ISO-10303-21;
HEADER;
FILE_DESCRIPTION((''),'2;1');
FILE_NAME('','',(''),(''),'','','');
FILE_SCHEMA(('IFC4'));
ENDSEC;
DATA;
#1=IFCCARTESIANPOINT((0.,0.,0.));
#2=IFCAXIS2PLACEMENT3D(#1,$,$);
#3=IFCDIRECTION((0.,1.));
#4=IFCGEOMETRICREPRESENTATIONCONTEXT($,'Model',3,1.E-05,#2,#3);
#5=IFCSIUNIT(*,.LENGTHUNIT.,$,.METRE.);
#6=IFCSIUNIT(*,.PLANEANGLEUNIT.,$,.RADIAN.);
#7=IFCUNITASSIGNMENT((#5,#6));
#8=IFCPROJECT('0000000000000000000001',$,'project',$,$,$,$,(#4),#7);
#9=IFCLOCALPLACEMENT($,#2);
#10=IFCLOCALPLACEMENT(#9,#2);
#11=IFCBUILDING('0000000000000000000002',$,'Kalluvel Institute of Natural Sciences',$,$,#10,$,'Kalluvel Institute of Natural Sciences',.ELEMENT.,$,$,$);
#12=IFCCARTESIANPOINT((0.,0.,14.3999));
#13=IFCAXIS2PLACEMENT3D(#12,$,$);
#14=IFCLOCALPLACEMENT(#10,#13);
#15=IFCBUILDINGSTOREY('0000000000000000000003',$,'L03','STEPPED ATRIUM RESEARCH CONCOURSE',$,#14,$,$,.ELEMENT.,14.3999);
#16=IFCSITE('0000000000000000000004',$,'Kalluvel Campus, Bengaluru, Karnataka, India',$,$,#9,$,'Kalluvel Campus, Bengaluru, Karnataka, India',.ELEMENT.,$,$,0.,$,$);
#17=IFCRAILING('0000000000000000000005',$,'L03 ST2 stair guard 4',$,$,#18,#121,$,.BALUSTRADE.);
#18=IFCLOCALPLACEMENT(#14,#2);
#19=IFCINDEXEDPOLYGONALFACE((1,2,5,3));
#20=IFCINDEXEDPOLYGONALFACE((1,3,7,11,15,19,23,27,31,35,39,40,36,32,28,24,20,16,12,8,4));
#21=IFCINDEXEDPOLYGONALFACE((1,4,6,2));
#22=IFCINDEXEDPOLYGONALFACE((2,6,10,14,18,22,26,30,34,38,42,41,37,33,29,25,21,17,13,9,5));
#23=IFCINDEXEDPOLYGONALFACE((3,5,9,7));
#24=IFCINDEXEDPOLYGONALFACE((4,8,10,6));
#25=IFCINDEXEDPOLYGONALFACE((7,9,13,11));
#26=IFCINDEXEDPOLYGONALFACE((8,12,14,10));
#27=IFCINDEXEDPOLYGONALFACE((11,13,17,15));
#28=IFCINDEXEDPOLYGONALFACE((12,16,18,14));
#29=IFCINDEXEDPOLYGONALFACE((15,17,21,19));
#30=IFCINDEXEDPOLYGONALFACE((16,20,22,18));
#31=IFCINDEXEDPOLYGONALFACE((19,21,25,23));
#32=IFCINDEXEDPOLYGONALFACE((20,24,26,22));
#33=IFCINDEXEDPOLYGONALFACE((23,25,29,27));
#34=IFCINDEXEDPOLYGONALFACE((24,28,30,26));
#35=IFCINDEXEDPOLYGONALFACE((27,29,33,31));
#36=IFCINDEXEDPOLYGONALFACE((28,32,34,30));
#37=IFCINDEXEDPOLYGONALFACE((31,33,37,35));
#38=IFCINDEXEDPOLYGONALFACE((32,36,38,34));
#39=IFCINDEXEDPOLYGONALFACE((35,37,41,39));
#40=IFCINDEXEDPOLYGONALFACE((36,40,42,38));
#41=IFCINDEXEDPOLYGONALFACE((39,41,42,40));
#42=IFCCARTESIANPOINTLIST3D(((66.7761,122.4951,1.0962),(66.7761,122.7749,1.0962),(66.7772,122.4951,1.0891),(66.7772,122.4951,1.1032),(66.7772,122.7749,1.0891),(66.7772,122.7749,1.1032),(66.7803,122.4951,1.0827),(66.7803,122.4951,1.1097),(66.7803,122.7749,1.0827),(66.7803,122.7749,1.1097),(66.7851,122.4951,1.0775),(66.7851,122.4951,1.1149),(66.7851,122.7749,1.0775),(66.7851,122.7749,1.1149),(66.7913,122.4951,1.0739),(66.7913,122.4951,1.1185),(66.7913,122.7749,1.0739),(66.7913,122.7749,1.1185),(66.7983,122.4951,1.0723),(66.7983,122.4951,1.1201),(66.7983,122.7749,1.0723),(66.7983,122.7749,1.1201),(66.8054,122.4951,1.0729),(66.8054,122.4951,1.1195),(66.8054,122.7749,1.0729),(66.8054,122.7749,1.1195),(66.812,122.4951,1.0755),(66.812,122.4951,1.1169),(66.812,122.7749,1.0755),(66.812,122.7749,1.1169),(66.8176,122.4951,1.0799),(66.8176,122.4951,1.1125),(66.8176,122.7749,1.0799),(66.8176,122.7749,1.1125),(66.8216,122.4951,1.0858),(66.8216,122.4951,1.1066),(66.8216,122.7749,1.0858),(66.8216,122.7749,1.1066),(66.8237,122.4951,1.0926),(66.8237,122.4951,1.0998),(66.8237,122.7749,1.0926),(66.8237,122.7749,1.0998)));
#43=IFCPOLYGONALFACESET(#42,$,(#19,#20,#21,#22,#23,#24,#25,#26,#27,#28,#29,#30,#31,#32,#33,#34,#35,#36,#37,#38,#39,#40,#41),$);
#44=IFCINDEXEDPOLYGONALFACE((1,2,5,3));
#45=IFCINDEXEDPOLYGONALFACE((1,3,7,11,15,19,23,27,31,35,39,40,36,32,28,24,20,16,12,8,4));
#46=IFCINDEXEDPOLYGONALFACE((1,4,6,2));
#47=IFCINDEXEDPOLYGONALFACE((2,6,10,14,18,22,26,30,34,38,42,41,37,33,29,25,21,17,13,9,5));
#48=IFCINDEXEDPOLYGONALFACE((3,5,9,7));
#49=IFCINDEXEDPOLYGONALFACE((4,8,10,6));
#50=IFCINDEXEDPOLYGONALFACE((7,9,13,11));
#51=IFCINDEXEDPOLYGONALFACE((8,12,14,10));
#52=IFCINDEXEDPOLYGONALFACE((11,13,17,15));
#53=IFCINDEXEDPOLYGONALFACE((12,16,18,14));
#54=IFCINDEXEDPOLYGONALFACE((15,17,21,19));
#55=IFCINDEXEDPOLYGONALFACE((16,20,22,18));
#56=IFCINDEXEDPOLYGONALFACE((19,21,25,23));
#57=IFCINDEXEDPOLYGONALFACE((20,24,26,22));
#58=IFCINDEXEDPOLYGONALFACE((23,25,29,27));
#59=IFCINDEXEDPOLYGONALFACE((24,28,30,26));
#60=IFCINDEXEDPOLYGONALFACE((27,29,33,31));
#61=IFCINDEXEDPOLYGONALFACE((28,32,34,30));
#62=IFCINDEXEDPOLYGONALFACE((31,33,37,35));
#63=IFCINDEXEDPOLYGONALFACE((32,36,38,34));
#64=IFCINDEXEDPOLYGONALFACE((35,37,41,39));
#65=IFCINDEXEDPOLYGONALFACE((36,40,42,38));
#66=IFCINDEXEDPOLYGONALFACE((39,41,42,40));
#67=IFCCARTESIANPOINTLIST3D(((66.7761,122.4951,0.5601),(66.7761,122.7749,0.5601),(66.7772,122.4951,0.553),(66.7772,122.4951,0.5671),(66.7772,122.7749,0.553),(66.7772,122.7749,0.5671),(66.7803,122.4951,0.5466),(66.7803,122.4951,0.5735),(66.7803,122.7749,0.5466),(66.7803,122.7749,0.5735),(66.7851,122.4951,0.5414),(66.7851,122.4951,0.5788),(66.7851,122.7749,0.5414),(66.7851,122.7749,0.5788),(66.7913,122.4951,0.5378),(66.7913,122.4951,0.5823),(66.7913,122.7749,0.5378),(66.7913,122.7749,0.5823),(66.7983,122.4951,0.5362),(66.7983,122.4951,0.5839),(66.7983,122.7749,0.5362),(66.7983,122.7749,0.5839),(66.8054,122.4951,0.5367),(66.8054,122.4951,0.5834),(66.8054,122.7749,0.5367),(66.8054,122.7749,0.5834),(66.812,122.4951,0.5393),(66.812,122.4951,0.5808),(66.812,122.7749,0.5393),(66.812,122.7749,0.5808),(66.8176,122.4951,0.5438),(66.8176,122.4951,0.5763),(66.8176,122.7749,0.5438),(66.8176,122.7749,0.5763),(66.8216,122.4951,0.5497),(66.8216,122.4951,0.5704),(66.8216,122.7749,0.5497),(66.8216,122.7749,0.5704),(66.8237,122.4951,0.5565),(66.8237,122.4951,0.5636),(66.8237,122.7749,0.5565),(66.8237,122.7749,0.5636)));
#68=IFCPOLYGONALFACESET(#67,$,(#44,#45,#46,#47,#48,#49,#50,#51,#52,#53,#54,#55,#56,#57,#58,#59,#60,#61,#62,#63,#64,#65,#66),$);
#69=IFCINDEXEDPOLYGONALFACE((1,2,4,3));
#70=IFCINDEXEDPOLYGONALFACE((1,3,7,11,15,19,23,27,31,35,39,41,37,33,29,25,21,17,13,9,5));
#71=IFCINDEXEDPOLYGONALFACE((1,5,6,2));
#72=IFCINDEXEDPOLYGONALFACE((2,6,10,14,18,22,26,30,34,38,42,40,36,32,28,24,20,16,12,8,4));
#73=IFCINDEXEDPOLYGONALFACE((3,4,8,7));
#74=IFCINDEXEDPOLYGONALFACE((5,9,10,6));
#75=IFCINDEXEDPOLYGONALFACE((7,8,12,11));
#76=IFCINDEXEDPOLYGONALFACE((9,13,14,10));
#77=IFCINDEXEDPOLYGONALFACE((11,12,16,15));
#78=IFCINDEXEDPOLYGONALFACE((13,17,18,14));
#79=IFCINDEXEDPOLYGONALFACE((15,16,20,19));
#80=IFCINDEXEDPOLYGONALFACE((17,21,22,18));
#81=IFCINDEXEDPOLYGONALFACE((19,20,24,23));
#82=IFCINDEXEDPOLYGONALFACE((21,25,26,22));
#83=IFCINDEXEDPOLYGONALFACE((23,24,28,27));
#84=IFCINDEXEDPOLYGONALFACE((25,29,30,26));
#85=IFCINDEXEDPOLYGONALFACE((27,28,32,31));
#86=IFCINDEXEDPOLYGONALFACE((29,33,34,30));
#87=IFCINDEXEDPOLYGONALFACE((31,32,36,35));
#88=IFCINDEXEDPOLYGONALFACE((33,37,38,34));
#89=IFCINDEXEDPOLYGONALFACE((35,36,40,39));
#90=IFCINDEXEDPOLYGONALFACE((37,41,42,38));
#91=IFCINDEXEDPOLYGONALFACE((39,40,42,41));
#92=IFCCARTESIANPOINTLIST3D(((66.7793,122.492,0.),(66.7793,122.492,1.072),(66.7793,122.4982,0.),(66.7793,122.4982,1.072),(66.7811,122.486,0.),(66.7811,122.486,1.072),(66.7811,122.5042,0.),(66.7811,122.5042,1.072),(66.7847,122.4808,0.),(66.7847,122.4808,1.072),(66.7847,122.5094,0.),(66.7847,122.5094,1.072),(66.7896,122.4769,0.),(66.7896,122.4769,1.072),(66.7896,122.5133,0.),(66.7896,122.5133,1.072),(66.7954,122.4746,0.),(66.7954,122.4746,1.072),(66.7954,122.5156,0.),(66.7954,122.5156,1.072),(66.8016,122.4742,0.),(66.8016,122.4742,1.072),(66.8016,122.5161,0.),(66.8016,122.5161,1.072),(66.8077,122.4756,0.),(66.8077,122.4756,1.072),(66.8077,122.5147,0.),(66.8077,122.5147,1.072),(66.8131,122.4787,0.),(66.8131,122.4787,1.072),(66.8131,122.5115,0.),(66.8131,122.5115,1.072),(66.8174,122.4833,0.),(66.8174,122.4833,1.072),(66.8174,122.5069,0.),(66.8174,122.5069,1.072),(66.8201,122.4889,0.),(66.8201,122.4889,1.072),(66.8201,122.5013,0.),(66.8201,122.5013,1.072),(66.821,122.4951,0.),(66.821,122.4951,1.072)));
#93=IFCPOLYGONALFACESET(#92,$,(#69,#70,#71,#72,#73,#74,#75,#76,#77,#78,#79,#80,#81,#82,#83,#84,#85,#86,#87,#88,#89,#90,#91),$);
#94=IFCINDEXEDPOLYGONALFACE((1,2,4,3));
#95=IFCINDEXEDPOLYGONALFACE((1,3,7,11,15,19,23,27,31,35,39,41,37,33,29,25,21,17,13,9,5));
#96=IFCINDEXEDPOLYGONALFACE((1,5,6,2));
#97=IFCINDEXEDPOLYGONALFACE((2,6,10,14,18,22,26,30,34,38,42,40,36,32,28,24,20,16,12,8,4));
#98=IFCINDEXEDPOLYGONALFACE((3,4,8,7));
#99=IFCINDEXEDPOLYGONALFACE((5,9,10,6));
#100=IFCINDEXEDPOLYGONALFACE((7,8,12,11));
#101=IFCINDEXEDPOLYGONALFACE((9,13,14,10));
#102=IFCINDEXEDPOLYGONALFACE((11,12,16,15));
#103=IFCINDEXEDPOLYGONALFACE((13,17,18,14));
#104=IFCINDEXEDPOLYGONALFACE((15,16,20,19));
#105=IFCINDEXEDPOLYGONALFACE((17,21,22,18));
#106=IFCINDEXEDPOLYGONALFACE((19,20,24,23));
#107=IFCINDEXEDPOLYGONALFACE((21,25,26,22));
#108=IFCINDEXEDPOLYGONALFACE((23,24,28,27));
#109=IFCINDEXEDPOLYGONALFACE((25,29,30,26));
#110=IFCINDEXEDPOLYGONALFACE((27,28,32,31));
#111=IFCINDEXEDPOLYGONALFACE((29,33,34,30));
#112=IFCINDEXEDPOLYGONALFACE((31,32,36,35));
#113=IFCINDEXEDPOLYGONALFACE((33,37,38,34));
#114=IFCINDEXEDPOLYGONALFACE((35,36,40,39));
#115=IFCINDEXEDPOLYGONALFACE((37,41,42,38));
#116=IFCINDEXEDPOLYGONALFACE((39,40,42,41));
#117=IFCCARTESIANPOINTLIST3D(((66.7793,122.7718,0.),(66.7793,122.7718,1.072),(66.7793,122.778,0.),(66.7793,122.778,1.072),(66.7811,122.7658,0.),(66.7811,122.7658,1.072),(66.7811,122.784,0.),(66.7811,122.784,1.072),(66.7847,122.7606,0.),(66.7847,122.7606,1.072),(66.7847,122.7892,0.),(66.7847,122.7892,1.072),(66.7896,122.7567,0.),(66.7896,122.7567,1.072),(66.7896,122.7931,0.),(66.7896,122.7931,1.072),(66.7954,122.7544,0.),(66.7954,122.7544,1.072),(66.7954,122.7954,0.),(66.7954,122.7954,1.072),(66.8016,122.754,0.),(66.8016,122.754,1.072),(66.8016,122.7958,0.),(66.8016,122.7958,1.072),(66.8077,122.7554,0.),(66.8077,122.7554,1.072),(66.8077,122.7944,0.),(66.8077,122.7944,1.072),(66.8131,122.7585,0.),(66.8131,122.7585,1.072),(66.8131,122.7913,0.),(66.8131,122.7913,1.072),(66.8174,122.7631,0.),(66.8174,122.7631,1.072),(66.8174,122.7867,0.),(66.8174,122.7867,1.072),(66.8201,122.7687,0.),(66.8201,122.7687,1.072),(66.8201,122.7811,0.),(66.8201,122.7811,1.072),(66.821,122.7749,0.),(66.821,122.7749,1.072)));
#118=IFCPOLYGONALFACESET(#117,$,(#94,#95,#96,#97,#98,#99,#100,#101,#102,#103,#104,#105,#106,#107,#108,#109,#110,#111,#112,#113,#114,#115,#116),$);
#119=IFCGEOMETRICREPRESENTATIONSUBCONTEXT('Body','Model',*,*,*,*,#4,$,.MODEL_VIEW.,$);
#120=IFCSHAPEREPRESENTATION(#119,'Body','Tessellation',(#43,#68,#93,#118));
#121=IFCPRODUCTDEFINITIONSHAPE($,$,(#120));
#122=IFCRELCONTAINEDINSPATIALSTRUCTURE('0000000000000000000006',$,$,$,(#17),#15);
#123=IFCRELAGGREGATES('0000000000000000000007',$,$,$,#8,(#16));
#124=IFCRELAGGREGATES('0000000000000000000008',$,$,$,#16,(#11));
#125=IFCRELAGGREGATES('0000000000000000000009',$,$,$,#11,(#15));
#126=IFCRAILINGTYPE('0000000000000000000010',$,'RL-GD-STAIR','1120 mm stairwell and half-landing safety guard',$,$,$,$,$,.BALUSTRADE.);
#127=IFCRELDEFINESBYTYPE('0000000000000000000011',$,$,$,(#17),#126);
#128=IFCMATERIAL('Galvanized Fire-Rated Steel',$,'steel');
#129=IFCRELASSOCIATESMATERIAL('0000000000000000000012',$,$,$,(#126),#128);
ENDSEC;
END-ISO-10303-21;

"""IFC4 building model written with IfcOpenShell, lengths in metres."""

from ifc_helpers import new_model, si_unit, direction, frame, origin, origin_2d, place, context, subcontext, project, spatial, circle, extrude, material, type_object, element, save


model = new_model("IFC4")

# Units and contexts
model_context = context("Model", 3, precision=1e-05, world=origin(), true_north=direction((0.0, 1.0)))
body_context = subcontext(model_context, "Body", "Model", "MODEL_VIEW")
ifc_project = project(units=[si_unit("LENGTHUNIT", "METRE"), si_unit("PLANEANGLEUNIT", "RADIAN")], contexts=[model_context])

# Site, building, storey
site_placement = place(None, origin())
site = spatial("IfcSite", under=ifc_project, at=site_placement, Name="Kalluvel Campus, Bengaluru, Karnataka, India", LongName="Kalluvel Campus, Bengaluru, Karnataka, India", CompositionType="ELEMENT", RefElevation=0.0)
building_placement = place(site_placement, origin())
building = spatial("IfcBuilding", under=site, at=building_placement, Name="Kalluvel Institute of Natural Sciences", LongName="Kalluvel Institute of Natural Sciences", CompositionType="ELEMENT")
storey_placement = place(building_placement, frame((0.0, 0.0, 14.3999)))
storey = spatial("IfcBuildingStorey", under=building, at=storey_placement, Name="L03", Description="STEPPED ATRIUM RESEARCH CONCOURSE", CompositionType="ELEMENT", Elevation=14.3999)

# Railing
ifc_material_1 = material(Name="Galvanized Fire-Rated Steel", Category="steel")
railing_type_1 = type_object("IfcRailingType", Name="RL-GD-STAIR", Description="1120 mm stairwell and half-landing safety guard", PredefinedType="BALUSTRADE", material=ifc_material_1)
railing_1_placement = place(storey_placement, frame((66.8, 122.4951, 0.0)))
element("IfcRailing", 1, at=railing_1_placement, inside=storey, type_object=railing_type_1, Name="L03 ST2 stair guard 4", PredefinedType="BALUSTRADE", context=body_context, shape_type="SweptSolid", body=[
    extrude(circle(Radius=0.0239, at=origin_2d()), frame((0.0, 0.0, 1.0962), z_axis=(0.0, 1.0, 0.0), x_axis=(-1.0, 0.0, 0.0)), (0.0, 0.0, 1.0), 0.2798),
    extrude(circle(Radius=0.0239, at=origin_2d()), frame((0.0, 0.0, 0.5601), z_axis=(0.0, 1.0, 0.0), x_axis=(-1.0, 0.0, 0.0)), (0.0, 0.0, 1.0), 0.2798),
    extrude(circle(Radius=0.021, at=origin_2d()), origin(), (0.0, 0.0, 1.0), 1.072),
    extrude(circle(Radius=0.021, at=origin_2d()), frame((0.0, 0.2798, 0.0)), (0.0, 0.0, 1.0), 1.072),
])

save(model, "model.ifc")
